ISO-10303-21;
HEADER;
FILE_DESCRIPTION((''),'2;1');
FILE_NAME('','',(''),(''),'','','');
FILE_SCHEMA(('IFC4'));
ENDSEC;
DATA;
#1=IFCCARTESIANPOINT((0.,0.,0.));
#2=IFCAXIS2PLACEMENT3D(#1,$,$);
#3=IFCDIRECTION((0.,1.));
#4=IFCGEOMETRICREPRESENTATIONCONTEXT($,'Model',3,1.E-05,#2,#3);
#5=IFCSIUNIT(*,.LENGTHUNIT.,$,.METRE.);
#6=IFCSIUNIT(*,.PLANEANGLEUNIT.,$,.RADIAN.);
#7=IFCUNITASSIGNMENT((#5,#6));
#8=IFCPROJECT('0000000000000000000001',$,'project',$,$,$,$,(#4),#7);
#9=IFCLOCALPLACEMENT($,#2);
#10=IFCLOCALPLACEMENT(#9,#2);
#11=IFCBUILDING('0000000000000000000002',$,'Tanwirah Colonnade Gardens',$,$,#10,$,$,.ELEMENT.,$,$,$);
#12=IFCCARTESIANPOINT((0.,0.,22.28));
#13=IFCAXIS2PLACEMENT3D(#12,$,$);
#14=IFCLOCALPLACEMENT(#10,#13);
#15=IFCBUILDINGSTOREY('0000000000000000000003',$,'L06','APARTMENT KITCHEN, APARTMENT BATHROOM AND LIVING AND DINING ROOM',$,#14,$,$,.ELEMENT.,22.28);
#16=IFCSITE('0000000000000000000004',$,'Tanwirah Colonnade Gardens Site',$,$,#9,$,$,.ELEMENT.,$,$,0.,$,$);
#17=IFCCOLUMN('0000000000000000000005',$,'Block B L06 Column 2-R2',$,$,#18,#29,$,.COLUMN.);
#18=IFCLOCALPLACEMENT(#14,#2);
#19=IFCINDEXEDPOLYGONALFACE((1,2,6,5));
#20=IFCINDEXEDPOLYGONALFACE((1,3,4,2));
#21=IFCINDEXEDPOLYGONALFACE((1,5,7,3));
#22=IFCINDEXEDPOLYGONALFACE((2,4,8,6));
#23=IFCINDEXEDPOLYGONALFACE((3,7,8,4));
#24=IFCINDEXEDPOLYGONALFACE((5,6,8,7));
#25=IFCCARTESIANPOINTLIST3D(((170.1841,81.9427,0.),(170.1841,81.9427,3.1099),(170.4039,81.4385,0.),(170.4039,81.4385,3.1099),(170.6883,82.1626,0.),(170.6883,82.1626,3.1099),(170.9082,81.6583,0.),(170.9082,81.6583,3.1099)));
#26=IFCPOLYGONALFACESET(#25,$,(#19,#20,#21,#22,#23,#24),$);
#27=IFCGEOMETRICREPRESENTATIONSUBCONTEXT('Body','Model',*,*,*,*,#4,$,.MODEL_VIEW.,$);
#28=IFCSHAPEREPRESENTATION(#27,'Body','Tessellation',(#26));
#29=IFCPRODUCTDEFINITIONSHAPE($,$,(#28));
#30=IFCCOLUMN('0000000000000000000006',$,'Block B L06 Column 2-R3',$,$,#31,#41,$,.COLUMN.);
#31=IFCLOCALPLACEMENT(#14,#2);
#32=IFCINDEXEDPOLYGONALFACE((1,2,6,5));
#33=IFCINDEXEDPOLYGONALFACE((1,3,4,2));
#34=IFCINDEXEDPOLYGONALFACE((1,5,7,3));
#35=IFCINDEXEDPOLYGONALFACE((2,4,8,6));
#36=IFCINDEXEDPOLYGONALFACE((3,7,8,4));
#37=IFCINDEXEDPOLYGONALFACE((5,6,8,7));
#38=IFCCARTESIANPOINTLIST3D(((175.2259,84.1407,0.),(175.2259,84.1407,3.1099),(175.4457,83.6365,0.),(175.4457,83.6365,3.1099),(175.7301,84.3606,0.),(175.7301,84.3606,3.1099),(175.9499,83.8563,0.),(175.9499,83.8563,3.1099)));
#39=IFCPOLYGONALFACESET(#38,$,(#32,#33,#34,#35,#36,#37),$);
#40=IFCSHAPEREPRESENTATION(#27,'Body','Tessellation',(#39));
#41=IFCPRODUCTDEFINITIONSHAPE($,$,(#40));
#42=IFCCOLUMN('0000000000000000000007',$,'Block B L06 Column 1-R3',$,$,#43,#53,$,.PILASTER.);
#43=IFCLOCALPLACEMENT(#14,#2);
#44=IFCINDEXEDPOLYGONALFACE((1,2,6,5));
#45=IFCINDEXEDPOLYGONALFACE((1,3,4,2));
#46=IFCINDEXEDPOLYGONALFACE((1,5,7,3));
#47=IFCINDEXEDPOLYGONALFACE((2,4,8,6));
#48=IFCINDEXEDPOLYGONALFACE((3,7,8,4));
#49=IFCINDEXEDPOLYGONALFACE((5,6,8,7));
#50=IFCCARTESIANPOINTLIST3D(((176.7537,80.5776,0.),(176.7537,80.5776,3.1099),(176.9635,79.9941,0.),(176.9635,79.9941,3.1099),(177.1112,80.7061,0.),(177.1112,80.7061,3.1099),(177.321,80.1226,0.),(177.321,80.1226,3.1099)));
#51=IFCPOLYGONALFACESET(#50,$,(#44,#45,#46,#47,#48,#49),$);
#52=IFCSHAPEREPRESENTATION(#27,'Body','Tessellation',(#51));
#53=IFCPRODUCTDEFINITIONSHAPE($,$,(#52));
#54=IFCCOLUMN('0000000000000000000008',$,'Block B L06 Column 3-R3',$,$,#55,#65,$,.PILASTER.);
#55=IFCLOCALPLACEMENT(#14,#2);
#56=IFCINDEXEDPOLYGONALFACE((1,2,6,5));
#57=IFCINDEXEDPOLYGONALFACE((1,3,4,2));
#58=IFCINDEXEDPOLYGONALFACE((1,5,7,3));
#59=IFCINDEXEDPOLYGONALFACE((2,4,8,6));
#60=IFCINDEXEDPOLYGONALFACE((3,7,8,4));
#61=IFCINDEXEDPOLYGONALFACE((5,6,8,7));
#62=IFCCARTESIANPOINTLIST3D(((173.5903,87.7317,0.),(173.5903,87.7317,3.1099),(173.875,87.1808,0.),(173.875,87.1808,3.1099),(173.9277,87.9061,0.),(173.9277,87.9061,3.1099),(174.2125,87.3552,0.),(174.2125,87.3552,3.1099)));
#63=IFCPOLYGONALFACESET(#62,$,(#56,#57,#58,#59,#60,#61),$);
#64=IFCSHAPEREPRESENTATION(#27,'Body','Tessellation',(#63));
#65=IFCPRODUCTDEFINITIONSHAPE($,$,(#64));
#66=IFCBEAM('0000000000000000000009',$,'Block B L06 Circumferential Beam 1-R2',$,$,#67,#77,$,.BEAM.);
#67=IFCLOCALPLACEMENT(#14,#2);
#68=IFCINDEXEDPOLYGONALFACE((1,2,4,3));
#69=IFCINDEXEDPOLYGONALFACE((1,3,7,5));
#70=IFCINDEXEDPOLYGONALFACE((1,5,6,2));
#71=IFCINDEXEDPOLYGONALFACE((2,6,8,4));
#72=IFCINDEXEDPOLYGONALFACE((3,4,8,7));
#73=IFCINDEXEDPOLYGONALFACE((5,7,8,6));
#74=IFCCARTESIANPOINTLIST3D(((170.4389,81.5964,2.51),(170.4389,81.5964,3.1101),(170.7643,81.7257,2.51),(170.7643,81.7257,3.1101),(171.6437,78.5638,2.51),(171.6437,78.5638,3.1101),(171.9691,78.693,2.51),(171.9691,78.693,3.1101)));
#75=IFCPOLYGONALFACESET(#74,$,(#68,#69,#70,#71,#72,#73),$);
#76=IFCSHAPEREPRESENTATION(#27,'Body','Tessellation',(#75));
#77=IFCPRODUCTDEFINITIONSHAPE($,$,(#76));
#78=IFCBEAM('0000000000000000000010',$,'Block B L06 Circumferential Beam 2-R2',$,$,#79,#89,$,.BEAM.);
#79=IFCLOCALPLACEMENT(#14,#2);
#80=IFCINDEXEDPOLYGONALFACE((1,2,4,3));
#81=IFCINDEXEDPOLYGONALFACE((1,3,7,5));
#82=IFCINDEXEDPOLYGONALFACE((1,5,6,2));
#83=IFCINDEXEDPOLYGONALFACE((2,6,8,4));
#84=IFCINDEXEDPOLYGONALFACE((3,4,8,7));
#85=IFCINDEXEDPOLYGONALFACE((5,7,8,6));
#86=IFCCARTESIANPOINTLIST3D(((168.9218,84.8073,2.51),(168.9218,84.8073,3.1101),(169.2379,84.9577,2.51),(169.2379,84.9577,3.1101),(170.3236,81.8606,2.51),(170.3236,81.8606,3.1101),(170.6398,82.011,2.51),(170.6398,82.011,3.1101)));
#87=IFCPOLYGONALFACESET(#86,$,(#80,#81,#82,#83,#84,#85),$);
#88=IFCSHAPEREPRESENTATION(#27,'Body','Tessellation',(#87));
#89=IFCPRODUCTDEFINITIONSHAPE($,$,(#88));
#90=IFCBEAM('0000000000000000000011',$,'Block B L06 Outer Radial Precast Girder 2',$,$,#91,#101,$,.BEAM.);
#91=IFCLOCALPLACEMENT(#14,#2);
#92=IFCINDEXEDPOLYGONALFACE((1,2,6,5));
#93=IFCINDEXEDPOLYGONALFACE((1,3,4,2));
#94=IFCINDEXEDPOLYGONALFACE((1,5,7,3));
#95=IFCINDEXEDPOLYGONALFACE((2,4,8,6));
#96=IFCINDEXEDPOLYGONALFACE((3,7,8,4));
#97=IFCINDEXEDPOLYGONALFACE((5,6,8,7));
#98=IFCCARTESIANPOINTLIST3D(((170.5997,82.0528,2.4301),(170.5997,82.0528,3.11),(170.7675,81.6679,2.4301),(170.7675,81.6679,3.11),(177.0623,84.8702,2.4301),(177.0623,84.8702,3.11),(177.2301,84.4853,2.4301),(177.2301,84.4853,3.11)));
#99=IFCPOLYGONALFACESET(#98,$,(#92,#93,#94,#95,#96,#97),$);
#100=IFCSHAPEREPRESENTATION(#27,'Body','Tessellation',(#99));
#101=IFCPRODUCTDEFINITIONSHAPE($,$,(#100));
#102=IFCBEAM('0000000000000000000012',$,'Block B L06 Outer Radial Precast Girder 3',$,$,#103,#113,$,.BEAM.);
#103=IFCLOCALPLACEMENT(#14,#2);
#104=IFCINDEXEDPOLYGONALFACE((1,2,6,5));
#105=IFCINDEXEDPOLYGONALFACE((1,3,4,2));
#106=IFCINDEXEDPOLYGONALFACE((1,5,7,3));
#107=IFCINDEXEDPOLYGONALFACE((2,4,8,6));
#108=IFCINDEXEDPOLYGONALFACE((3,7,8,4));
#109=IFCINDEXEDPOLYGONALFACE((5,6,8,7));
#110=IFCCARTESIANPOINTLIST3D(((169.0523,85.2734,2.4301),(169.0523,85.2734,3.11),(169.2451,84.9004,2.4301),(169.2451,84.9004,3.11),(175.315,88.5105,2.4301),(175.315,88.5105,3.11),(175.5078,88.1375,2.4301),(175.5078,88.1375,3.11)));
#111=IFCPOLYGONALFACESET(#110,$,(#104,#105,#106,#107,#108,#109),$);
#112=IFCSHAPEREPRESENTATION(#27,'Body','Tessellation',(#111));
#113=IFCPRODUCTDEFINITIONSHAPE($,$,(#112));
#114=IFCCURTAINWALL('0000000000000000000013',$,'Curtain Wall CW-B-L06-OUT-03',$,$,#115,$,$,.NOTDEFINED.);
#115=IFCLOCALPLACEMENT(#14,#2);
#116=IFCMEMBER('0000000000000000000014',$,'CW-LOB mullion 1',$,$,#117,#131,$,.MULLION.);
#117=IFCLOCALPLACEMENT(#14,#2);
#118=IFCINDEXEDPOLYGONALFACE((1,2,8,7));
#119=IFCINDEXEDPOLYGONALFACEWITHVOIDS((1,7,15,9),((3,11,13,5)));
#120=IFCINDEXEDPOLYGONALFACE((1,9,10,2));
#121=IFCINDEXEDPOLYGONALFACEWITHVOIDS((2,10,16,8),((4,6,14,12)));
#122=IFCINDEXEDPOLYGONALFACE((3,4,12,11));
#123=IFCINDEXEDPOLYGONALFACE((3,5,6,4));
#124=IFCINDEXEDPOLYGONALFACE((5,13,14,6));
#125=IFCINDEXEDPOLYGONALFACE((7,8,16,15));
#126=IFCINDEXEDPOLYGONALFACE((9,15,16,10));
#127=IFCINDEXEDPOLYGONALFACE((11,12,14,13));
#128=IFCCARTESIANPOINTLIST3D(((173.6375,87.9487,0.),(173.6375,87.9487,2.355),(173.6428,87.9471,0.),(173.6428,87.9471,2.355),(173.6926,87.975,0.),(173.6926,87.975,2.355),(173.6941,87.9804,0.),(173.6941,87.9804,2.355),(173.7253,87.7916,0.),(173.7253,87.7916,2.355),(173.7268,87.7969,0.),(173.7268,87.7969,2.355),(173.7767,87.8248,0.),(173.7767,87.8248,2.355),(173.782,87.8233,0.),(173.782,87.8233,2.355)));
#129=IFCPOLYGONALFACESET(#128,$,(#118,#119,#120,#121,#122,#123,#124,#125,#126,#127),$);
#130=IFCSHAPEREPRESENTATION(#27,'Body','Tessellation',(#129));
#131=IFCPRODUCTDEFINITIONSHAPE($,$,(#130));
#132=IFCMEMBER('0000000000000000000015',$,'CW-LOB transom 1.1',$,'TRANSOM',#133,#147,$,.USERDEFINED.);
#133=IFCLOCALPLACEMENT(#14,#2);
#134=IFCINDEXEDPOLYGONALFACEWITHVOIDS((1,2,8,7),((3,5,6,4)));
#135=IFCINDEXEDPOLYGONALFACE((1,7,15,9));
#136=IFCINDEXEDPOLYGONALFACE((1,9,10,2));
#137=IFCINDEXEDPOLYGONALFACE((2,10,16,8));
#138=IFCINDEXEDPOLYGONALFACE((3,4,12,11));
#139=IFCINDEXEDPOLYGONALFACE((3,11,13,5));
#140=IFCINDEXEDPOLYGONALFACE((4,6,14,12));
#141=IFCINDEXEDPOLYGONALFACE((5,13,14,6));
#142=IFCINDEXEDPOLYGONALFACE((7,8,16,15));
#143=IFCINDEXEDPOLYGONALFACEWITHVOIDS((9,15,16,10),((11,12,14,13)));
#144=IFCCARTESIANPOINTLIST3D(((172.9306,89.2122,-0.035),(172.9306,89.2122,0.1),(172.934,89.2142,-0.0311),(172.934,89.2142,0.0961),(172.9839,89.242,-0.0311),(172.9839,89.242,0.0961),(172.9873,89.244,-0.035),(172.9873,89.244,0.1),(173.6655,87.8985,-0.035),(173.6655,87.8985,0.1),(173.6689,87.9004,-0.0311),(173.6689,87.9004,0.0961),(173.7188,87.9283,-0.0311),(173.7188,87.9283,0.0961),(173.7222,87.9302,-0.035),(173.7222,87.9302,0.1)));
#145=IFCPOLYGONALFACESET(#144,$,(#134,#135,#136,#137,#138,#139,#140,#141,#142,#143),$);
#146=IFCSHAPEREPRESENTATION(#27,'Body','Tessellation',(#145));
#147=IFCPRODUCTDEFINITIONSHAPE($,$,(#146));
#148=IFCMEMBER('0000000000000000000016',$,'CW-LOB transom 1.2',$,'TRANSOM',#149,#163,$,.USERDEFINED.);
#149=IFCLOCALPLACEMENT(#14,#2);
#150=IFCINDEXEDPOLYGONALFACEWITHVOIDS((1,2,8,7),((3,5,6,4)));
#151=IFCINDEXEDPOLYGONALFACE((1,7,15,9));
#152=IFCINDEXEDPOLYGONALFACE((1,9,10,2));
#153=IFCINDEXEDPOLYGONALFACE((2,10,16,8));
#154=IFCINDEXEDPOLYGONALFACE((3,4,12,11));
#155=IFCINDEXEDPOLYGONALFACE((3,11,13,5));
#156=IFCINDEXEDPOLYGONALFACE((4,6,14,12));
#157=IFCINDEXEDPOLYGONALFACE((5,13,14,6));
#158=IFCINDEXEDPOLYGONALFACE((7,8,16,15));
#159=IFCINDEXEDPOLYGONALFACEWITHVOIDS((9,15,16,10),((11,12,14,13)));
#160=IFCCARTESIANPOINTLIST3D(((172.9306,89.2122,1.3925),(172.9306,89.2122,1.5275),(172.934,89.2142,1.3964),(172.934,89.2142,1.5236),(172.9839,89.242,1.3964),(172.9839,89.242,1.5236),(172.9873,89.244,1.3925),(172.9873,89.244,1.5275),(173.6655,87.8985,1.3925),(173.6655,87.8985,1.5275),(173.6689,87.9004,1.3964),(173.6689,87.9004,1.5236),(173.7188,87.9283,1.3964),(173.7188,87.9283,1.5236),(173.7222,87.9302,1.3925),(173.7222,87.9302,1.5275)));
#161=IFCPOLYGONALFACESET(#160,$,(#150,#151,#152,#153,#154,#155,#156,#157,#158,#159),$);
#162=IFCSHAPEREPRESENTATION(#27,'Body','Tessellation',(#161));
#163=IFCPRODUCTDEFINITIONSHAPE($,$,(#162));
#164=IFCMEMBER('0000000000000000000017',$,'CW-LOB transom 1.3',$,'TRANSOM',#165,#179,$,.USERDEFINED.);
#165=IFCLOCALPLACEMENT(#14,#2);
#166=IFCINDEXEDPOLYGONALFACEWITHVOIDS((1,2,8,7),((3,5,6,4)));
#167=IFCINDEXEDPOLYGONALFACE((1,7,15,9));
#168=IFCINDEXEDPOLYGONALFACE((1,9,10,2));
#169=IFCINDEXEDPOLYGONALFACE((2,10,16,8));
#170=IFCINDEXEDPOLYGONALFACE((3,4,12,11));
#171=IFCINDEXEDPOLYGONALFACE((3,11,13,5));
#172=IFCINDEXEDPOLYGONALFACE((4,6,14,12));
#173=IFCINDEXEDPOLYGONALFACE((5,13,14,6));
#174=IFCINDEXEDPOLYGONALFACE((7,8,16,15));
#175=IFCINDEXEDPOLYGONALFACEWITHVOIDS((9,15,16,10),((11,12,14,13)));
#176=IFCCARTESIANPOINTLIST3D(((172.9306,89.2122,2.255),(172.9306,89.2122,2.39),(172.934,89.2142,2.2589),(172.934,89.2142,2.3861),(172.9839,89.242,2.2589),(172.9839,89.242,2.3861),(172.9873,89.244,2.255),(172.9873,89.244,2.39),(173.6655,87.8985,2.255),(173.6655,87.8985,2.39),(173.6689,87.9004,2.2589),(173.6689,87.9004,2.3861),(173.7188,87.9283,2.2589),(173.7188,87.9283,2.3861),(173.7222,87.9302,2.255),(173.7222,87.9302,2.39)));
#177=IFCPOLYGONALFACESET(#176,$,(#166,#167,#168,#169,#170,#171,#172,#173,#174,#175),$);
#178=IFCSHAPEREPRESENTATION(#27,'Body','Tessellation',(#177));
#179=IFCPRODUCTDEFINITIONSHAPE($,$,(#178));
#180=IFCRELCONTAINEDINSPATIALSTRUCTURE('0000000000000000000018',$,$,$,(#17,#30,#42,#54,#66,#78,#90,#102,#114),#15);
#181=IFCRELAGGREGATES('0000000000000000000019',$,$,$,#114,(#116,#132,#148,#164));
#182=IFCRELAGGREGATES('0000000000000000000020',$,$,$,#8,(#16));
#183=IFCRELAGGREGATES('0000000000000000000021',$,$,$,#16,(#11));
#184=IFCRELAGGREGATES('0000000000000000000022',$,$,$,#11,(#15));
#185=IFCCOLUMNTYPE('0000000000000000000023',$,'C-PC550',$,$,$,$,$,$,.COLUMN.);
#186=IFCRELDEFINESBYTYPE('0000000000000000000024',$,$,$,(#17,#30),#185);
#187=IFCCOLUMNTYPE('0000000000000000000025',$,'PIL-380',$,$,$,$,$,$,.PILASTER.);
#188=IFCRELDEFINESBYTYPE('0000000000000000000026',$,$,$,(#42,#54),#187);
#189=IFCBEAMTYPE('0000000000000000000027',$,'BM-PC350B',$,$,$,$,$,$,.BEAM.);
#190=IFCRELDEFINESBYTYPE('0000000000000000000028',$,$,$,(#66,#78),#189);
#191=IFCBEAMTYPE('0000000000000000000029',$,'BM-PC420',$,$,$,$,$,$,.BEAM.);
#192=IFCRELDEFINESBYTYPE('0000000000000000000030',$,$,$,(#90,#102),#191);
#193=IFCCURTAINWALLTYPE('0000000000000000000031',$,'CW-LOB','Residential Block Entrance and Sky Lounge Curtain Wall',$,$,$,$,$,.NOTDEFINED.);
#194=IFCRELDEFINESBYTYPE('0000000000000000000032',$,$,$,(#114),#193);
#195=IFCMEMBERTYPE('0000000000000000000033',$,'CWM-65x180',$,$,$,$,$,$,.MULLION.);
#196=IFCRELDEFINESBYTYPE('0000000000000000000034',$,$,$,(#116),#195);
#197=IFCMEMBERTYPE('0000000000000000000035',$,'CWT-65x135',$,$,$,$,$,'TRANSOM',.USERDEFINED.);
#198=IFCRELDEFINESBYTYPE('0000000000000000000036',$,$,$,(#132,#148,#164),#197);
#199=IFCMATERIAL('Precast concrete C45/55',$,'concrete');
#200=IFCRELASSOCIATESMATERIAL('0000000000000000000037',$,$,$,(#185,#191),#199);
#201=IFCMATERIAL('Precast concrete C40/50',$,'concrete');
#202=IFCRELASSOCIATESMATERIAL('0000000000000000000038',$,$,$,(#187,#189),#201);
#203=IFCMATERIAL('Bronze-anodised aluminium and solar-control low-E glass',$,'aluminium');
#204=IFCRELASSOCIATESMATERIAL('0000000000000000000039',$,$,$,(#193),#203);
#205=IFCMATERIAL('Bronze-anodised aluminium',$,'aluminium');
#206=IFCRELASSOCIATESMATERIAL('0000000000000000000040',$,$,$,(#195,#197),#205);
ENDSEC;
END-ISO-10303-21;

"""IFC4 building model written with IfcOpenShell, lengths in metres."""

from ifc_helpers import new_model, si_unit, direction, frame, origin, origin_2d, place, context, subcontext, project, spatial, rectangle, hollow_rectangle, extrude, material, material_profile, profile_set, type_object, element, aggregate, save


model = new_model("IFC4")

# Units and contexts
model_context = context("Model", 3, precision=1e-05, world=origin(), true_north=direction((0.0, 1.0)))
body_context = subcontext(model_context, "Body", "Model", "MODEL_VIEW")
ifc_project = project(units=[si_unit("LENGTHUNIT", "METRE"), si_unit("PLANEANGLEUNIT", "RADIAN")], contexts=[model_context])

# Site, building, storey
site_placement = place(None, origin())
site = spatial("IfcSite", under=ifc_project, at=site_placement, Name="Tanwirah Colonnade Gardens Site", CompositionType="ELEMENT", RefElevation=0.0)
building_placement = place(site_placement, origin())
building = spatial("IfcBuilding", under=site, at=building_placement, Name="Tanwirah Colonnade Gardens", CompositionType="ELEMENT")
storey_placement = place(building_placement, frame((0.0, 0.0, 22.28)))
storey = spatial("IfcBuildingStorey", under=building, at=storey_placement, Name="L06", Description="APARTMENT KITCHEN, APARTMENT BATHROOM AND LIVING AND DINING ROOM", CompositionType="ELEMENT", Elevation=22.28)

# Columns
ifc_material_1 = material(Name="Precast concrete C45/55", Category="concrete")
ifc_material_profile_1 = material_profile(ifc_material_1, rectangle(XDim=0.55, YDim=0.55, at=origin_2d()), Name="PC-COL 550x550")
ifc_profile_set_1 = profile_set([ifc_material_profile_1], Name="Precast concrete C45/55")
column_type_1 = type_object("IfcColumnType", Name="C-PC550", PredefinedType="COLUMN", material=ifc_profile_set_1)
for number, where, z_axis, x_axis, name in (
    (1, (170.5461, 81.8005, 0.0), (0.0, 0.0, 1.0), (0.916673, 0.399638, 0.0), "Block B L06 Column 2-R2"),
    (2, (175.5879, 83.9985, 0.0), (0.0, 0.0, 1.0), (0.916673, 0.399638, 0.0), "Block B L06 Column 2-R3"),
):
    element("IfcColumn", number, at=place(storey_placement, frame(where, z_axis=z_axis, x_axis=x_axis)), inside=storey, type_object=column_type_1, Name=name, PredefinedType="COLUMN", context=body_context, shape_type="SweptSolid", body=[
        extrude(rectangle(XDim=0.55, YDim=0.55, at=origin_2d()), origin(), (0.0, 0.0, 1.0), 3.1099),
    ])
ifc_material_2 = material(Name="Precast concrete C40/50", Category="concrete")
ifc_material_profile_2 = material_profile(ifc_material_2, rectangle(XDim=0.3799, YDim=0.6201, at=origin_2d()), Name="PC-PIL 380x620")
ifc_profile_set_2 = profile_set([ifc_material_profile_2], Name="Precast concrete C40/50")
column_type_2 = type_object("IfcColumnType", Name="PIL-380", PredefinedType="PILASTER", material=ifc_profile_set_2)
for number, where, z_axis, x_axis, name in (
    (3, (177.0374, 80.3501, 0.0), (0.0, 0.0, 1.0), (0.941012, 0.338373, 0.0), "Block B L06 Column 1-R3"),
    (4, (173.9014, 87.5435, 0.0), (0.0, 0.0, 1.0), (0.88835, 0.459166, 0.0), "Block B L06 Column 3-R3"),
):
    element("IfcColumn", number, at=place(storey_placement, frame(where, z_axis=z_axis, x_axis=x_axis)), inside=storey, type_object=column_type_2, Name=name, PredefinedType="PILASTER", context=body_context, shape_type="SweptSolid", body=[
        extrude(rectangle(XDim=0.3799, YDim=0.6201, at=origin_2d()), origin(), (0.0, 0.0, 1.0), 3.1099),
    ])

# Beams
ifc_material_profile_3 = material_profile(ifc_material_2, rectangle(XDim=0.3501, YDim=0.6001, at=origin_2d()), Name="PC-BM 350x600")
ifc_profile_set_3 = profile_set([ifc_material_profile_3], Name="Precast concrete C40/50")
beam_type_1 = type_object("IfcBeamType", Name="BM-PC350B", PredefinedType="BEAM", material=ifc_profile_set_3)
for number, where, z_axis, x_axis, name in (
    (5, (171.8064, 78.6284, 2.8101), (-0.36921, 0.929346, 0.0), (-0.929346, -0.36921, 0.0), "Block B L06 Circumferential Beam 1-R2"),
    (6, (170.4817, 81.9358, 2.8101), (-0.429591, 0.903024, 0.0), (-0.903024, -0.429591, 0.0), "Block B L06 Circumferential Beam 2-R2"),
):
    element("IfcBeam", number, at=place(storey_placement, frame(where, z_axis=z_axis, x_axis=x_axis)), inside=storey, type_object=beam_type_1, Name=name, PredefinedType="BEAM", context=body_context, shape_type="SweptSolid", body=[
        extrude(rectangle(XDim=0.3501, YDim=0.6001, at=origin_2d()), origin(), (0.0, 0.0, 1.0), 3.2632),
    ])
ifc_material_profile_4 = material_profile(ifc_material_1, rectangle(XDim=0.4199, YDim=0.6799, at=origin_2d()), Name="PC-BM 420x680")
ifc_profile_set_4 = profile_set([ifc_material_profile_4], Name="Precast concrete C45/55")
beam_type_2 = type_object("IfcBeamType", Name="BM-PC420", PredefinedType="BEAM", material=ifc_profile_set_4)
beam_1_placement = place(storey_placement, frame((170.6836, 81.8604, 2.77), z_axis=(0.916679, 0.399625, 0.0), x_axis=(-0.399625, 0.916679, 0.0)))
element("IfcBeam", 7, at=beam_1_placement, inside=storey, type_object=beam_type_2, Name="Block B L06 Outer Radial Precast Girder 2", PredefinedType="BEAM", context=body_context, shape_type="SweptSolid", body=[
    extrude(rectangle(XDim=0.4199, YDim=0.6799, at=origin_2d()), origin(), (0.0, 0.0, 1.0), 7.05),
])
beam_2_placement = place(storey_placement, frame((169.1487, 85.0869, 2.77), z_axis=(0.888349, 0.459169, 0.0), x_axis=(-0.459169, 0.888349, 0.0)))
element("IfcBeam", 8, at=beam_2_placement, inside=storey, type_object=beam_type_2, Name="Block B L06 Outer Radial Precast Girder 3", PredefinedType="BEAM", context=body_context, shape_type="SweptSolid", body=[
    extrude(rectangle(XDim=0.4199, YDim=0.6799, at=origin_2d()), origin(), (0.0, 0.0, 1.0), 7.0498),
])

# Curtain wall, members
ifc_material_3 = material(Name="Bronze-anodised aluminium and solar-control low-E glass", Category="aluminium")
curtain_wall_type = type_object("IfcCurtainWallType", Name="CW-LOB", Description="Residential Block Entrance and Sky Lounge Curtain Wall", PredefinedType="NOTDEFINED", material=ifc_material_3)
curtain_wall_placement = place(storey_placement, origin())
curtain_wall = element("IfcCurtainWall", 9, at=curtain_wall_placement, inside=storey, type_object=curtain_wall_type, Name="Curtain Wall CW-B-L06-OUT-03", PredefinedType="NOTDEFINED")
ifc_material_4 = material(Name="Bronze-anodised aluminium", Category="aluminium")
ifc_material_profile_5 = material_profile(ifc_material_4, hollow_rectangle(XDim=0.0649, YDim=0.1799, WallThickness=0.0039, at=origin_2d()), Name="CW-MUL 65x180x4")
ifc_profile_set_5 = profile_set([ifc_material_profile_5], Name="Bronze-anodised aluminium")
member_type_1 = type_object("IfcMemberType", Name="CWM-65x180", PredefinedType="MULLION", material=ifc_profile_set_5)
member_1_placement = place(storey_placement, frame((173.7097, 87.886, 0.0), z_axis=(0.0, 0.0, 1.0), x_axis=(-0.872732, -0.4882, 0.0)))
member_1 = element("IfcMember", 10, at=member_1_placement, type_object=member_type_1, Name="CW-LOB mullion 1", PredefinedType="MULLION", context=body_context, shape_type="SweptSolid", body=[
    extrude(hollow_rectangle(XDim=0.0649, YDim=0.1799, WallThickness=0.0039, at=origin_2d()), origin(), (0.0, 0.0, 1.0), 2.355),
])
ifc_material_profile_6 = material_profile(ifc_material_4, hollow_rectangle(XDim=0.0649, YDim=0.135, WallThickness=0.0039, at=origin_2d()), Name="CW-TRN 65x135x4")
ifc_profile_set_6 = profile_set([ifc_material_profile_6], Name="Bronze-anodised aluminium")
member_type_2 = type_object("IfcMemberType", Name="CWT-65x135", ElementType="TRANSOM", PredefinedType="USERDEFINED", material=ifc_profile_set_6)
member_2_placement = place(storey_placement, frame((173.6938, 87.9143, 0.0325), z_axis=(-0.488188, 0.872738, 0.0), x_axis=(-0.872738, -0.488188, 0.0)))
member_2 = element("IfcMember", 11, at=member_2_placement, type_object=member_type_2, Name="CW-LOB transom 1.1", ObjectType="TRANSOM", PredefinedType="USERDEFINED", context=body_context, shape_type="SweptSolid", body=[
    extrude(hollow_rectangle(XDim=0.0649, YDim=0.135, WallThickness=0.0039, at=origin_2d()), origin(), (0.0, 0.0, 1.0), 1.5054),
])
member_3_placement = place(storey_placement, frame((173.6938, 87.9143, 1.46), z_axis=(-0.488188, 0.872738, 0.0), x_axis=(-0.872738, -0.488188, 0.0)))
member_3 = element("IfcMember", 12, at=member_3_placement, type_object=member_type_2, Name="CW-LOB transom 1.2", ObjectType="TRANSOM", PredefinedType="USERDEFINED", context=body_context, shape_type="SweptSolid", body=[
    extrude(hollow_rectangle(XDim=0.0649, YDim=0.135, WallThickness=0.0039, at=origin_2d()), origin(), (0.0, 0.0, 1.0), 1.5054),
])
member_4_placement = place(storey_placement, frame((173.6938, 87.9143, 2.3225), z_axis=(-0.488188, 0.872738, 0.0), x_axis=(-0.872738, -0.488188, 0.0)))
member_4 = element("IfcMember", 13, at=member_4_placement, type_object=member_type_2, Name="CW-LOB transom 1.3", ObjectType="TRANSOM", PredefinedType="USERDEFINED", context=body_context, shape_type="SweptSolid", body=[
    extrude(hollow_rectangle(XDim=0.0649, YDim=0.135, WallThickness=0.0039, at=origin_2d()), origin(), (0.0, 0.0, 1.0), 1.5054),
])
aggregate(curtain_wall, [member_1, member_2, member_3, member_4])

save(model, "model.ifc")
